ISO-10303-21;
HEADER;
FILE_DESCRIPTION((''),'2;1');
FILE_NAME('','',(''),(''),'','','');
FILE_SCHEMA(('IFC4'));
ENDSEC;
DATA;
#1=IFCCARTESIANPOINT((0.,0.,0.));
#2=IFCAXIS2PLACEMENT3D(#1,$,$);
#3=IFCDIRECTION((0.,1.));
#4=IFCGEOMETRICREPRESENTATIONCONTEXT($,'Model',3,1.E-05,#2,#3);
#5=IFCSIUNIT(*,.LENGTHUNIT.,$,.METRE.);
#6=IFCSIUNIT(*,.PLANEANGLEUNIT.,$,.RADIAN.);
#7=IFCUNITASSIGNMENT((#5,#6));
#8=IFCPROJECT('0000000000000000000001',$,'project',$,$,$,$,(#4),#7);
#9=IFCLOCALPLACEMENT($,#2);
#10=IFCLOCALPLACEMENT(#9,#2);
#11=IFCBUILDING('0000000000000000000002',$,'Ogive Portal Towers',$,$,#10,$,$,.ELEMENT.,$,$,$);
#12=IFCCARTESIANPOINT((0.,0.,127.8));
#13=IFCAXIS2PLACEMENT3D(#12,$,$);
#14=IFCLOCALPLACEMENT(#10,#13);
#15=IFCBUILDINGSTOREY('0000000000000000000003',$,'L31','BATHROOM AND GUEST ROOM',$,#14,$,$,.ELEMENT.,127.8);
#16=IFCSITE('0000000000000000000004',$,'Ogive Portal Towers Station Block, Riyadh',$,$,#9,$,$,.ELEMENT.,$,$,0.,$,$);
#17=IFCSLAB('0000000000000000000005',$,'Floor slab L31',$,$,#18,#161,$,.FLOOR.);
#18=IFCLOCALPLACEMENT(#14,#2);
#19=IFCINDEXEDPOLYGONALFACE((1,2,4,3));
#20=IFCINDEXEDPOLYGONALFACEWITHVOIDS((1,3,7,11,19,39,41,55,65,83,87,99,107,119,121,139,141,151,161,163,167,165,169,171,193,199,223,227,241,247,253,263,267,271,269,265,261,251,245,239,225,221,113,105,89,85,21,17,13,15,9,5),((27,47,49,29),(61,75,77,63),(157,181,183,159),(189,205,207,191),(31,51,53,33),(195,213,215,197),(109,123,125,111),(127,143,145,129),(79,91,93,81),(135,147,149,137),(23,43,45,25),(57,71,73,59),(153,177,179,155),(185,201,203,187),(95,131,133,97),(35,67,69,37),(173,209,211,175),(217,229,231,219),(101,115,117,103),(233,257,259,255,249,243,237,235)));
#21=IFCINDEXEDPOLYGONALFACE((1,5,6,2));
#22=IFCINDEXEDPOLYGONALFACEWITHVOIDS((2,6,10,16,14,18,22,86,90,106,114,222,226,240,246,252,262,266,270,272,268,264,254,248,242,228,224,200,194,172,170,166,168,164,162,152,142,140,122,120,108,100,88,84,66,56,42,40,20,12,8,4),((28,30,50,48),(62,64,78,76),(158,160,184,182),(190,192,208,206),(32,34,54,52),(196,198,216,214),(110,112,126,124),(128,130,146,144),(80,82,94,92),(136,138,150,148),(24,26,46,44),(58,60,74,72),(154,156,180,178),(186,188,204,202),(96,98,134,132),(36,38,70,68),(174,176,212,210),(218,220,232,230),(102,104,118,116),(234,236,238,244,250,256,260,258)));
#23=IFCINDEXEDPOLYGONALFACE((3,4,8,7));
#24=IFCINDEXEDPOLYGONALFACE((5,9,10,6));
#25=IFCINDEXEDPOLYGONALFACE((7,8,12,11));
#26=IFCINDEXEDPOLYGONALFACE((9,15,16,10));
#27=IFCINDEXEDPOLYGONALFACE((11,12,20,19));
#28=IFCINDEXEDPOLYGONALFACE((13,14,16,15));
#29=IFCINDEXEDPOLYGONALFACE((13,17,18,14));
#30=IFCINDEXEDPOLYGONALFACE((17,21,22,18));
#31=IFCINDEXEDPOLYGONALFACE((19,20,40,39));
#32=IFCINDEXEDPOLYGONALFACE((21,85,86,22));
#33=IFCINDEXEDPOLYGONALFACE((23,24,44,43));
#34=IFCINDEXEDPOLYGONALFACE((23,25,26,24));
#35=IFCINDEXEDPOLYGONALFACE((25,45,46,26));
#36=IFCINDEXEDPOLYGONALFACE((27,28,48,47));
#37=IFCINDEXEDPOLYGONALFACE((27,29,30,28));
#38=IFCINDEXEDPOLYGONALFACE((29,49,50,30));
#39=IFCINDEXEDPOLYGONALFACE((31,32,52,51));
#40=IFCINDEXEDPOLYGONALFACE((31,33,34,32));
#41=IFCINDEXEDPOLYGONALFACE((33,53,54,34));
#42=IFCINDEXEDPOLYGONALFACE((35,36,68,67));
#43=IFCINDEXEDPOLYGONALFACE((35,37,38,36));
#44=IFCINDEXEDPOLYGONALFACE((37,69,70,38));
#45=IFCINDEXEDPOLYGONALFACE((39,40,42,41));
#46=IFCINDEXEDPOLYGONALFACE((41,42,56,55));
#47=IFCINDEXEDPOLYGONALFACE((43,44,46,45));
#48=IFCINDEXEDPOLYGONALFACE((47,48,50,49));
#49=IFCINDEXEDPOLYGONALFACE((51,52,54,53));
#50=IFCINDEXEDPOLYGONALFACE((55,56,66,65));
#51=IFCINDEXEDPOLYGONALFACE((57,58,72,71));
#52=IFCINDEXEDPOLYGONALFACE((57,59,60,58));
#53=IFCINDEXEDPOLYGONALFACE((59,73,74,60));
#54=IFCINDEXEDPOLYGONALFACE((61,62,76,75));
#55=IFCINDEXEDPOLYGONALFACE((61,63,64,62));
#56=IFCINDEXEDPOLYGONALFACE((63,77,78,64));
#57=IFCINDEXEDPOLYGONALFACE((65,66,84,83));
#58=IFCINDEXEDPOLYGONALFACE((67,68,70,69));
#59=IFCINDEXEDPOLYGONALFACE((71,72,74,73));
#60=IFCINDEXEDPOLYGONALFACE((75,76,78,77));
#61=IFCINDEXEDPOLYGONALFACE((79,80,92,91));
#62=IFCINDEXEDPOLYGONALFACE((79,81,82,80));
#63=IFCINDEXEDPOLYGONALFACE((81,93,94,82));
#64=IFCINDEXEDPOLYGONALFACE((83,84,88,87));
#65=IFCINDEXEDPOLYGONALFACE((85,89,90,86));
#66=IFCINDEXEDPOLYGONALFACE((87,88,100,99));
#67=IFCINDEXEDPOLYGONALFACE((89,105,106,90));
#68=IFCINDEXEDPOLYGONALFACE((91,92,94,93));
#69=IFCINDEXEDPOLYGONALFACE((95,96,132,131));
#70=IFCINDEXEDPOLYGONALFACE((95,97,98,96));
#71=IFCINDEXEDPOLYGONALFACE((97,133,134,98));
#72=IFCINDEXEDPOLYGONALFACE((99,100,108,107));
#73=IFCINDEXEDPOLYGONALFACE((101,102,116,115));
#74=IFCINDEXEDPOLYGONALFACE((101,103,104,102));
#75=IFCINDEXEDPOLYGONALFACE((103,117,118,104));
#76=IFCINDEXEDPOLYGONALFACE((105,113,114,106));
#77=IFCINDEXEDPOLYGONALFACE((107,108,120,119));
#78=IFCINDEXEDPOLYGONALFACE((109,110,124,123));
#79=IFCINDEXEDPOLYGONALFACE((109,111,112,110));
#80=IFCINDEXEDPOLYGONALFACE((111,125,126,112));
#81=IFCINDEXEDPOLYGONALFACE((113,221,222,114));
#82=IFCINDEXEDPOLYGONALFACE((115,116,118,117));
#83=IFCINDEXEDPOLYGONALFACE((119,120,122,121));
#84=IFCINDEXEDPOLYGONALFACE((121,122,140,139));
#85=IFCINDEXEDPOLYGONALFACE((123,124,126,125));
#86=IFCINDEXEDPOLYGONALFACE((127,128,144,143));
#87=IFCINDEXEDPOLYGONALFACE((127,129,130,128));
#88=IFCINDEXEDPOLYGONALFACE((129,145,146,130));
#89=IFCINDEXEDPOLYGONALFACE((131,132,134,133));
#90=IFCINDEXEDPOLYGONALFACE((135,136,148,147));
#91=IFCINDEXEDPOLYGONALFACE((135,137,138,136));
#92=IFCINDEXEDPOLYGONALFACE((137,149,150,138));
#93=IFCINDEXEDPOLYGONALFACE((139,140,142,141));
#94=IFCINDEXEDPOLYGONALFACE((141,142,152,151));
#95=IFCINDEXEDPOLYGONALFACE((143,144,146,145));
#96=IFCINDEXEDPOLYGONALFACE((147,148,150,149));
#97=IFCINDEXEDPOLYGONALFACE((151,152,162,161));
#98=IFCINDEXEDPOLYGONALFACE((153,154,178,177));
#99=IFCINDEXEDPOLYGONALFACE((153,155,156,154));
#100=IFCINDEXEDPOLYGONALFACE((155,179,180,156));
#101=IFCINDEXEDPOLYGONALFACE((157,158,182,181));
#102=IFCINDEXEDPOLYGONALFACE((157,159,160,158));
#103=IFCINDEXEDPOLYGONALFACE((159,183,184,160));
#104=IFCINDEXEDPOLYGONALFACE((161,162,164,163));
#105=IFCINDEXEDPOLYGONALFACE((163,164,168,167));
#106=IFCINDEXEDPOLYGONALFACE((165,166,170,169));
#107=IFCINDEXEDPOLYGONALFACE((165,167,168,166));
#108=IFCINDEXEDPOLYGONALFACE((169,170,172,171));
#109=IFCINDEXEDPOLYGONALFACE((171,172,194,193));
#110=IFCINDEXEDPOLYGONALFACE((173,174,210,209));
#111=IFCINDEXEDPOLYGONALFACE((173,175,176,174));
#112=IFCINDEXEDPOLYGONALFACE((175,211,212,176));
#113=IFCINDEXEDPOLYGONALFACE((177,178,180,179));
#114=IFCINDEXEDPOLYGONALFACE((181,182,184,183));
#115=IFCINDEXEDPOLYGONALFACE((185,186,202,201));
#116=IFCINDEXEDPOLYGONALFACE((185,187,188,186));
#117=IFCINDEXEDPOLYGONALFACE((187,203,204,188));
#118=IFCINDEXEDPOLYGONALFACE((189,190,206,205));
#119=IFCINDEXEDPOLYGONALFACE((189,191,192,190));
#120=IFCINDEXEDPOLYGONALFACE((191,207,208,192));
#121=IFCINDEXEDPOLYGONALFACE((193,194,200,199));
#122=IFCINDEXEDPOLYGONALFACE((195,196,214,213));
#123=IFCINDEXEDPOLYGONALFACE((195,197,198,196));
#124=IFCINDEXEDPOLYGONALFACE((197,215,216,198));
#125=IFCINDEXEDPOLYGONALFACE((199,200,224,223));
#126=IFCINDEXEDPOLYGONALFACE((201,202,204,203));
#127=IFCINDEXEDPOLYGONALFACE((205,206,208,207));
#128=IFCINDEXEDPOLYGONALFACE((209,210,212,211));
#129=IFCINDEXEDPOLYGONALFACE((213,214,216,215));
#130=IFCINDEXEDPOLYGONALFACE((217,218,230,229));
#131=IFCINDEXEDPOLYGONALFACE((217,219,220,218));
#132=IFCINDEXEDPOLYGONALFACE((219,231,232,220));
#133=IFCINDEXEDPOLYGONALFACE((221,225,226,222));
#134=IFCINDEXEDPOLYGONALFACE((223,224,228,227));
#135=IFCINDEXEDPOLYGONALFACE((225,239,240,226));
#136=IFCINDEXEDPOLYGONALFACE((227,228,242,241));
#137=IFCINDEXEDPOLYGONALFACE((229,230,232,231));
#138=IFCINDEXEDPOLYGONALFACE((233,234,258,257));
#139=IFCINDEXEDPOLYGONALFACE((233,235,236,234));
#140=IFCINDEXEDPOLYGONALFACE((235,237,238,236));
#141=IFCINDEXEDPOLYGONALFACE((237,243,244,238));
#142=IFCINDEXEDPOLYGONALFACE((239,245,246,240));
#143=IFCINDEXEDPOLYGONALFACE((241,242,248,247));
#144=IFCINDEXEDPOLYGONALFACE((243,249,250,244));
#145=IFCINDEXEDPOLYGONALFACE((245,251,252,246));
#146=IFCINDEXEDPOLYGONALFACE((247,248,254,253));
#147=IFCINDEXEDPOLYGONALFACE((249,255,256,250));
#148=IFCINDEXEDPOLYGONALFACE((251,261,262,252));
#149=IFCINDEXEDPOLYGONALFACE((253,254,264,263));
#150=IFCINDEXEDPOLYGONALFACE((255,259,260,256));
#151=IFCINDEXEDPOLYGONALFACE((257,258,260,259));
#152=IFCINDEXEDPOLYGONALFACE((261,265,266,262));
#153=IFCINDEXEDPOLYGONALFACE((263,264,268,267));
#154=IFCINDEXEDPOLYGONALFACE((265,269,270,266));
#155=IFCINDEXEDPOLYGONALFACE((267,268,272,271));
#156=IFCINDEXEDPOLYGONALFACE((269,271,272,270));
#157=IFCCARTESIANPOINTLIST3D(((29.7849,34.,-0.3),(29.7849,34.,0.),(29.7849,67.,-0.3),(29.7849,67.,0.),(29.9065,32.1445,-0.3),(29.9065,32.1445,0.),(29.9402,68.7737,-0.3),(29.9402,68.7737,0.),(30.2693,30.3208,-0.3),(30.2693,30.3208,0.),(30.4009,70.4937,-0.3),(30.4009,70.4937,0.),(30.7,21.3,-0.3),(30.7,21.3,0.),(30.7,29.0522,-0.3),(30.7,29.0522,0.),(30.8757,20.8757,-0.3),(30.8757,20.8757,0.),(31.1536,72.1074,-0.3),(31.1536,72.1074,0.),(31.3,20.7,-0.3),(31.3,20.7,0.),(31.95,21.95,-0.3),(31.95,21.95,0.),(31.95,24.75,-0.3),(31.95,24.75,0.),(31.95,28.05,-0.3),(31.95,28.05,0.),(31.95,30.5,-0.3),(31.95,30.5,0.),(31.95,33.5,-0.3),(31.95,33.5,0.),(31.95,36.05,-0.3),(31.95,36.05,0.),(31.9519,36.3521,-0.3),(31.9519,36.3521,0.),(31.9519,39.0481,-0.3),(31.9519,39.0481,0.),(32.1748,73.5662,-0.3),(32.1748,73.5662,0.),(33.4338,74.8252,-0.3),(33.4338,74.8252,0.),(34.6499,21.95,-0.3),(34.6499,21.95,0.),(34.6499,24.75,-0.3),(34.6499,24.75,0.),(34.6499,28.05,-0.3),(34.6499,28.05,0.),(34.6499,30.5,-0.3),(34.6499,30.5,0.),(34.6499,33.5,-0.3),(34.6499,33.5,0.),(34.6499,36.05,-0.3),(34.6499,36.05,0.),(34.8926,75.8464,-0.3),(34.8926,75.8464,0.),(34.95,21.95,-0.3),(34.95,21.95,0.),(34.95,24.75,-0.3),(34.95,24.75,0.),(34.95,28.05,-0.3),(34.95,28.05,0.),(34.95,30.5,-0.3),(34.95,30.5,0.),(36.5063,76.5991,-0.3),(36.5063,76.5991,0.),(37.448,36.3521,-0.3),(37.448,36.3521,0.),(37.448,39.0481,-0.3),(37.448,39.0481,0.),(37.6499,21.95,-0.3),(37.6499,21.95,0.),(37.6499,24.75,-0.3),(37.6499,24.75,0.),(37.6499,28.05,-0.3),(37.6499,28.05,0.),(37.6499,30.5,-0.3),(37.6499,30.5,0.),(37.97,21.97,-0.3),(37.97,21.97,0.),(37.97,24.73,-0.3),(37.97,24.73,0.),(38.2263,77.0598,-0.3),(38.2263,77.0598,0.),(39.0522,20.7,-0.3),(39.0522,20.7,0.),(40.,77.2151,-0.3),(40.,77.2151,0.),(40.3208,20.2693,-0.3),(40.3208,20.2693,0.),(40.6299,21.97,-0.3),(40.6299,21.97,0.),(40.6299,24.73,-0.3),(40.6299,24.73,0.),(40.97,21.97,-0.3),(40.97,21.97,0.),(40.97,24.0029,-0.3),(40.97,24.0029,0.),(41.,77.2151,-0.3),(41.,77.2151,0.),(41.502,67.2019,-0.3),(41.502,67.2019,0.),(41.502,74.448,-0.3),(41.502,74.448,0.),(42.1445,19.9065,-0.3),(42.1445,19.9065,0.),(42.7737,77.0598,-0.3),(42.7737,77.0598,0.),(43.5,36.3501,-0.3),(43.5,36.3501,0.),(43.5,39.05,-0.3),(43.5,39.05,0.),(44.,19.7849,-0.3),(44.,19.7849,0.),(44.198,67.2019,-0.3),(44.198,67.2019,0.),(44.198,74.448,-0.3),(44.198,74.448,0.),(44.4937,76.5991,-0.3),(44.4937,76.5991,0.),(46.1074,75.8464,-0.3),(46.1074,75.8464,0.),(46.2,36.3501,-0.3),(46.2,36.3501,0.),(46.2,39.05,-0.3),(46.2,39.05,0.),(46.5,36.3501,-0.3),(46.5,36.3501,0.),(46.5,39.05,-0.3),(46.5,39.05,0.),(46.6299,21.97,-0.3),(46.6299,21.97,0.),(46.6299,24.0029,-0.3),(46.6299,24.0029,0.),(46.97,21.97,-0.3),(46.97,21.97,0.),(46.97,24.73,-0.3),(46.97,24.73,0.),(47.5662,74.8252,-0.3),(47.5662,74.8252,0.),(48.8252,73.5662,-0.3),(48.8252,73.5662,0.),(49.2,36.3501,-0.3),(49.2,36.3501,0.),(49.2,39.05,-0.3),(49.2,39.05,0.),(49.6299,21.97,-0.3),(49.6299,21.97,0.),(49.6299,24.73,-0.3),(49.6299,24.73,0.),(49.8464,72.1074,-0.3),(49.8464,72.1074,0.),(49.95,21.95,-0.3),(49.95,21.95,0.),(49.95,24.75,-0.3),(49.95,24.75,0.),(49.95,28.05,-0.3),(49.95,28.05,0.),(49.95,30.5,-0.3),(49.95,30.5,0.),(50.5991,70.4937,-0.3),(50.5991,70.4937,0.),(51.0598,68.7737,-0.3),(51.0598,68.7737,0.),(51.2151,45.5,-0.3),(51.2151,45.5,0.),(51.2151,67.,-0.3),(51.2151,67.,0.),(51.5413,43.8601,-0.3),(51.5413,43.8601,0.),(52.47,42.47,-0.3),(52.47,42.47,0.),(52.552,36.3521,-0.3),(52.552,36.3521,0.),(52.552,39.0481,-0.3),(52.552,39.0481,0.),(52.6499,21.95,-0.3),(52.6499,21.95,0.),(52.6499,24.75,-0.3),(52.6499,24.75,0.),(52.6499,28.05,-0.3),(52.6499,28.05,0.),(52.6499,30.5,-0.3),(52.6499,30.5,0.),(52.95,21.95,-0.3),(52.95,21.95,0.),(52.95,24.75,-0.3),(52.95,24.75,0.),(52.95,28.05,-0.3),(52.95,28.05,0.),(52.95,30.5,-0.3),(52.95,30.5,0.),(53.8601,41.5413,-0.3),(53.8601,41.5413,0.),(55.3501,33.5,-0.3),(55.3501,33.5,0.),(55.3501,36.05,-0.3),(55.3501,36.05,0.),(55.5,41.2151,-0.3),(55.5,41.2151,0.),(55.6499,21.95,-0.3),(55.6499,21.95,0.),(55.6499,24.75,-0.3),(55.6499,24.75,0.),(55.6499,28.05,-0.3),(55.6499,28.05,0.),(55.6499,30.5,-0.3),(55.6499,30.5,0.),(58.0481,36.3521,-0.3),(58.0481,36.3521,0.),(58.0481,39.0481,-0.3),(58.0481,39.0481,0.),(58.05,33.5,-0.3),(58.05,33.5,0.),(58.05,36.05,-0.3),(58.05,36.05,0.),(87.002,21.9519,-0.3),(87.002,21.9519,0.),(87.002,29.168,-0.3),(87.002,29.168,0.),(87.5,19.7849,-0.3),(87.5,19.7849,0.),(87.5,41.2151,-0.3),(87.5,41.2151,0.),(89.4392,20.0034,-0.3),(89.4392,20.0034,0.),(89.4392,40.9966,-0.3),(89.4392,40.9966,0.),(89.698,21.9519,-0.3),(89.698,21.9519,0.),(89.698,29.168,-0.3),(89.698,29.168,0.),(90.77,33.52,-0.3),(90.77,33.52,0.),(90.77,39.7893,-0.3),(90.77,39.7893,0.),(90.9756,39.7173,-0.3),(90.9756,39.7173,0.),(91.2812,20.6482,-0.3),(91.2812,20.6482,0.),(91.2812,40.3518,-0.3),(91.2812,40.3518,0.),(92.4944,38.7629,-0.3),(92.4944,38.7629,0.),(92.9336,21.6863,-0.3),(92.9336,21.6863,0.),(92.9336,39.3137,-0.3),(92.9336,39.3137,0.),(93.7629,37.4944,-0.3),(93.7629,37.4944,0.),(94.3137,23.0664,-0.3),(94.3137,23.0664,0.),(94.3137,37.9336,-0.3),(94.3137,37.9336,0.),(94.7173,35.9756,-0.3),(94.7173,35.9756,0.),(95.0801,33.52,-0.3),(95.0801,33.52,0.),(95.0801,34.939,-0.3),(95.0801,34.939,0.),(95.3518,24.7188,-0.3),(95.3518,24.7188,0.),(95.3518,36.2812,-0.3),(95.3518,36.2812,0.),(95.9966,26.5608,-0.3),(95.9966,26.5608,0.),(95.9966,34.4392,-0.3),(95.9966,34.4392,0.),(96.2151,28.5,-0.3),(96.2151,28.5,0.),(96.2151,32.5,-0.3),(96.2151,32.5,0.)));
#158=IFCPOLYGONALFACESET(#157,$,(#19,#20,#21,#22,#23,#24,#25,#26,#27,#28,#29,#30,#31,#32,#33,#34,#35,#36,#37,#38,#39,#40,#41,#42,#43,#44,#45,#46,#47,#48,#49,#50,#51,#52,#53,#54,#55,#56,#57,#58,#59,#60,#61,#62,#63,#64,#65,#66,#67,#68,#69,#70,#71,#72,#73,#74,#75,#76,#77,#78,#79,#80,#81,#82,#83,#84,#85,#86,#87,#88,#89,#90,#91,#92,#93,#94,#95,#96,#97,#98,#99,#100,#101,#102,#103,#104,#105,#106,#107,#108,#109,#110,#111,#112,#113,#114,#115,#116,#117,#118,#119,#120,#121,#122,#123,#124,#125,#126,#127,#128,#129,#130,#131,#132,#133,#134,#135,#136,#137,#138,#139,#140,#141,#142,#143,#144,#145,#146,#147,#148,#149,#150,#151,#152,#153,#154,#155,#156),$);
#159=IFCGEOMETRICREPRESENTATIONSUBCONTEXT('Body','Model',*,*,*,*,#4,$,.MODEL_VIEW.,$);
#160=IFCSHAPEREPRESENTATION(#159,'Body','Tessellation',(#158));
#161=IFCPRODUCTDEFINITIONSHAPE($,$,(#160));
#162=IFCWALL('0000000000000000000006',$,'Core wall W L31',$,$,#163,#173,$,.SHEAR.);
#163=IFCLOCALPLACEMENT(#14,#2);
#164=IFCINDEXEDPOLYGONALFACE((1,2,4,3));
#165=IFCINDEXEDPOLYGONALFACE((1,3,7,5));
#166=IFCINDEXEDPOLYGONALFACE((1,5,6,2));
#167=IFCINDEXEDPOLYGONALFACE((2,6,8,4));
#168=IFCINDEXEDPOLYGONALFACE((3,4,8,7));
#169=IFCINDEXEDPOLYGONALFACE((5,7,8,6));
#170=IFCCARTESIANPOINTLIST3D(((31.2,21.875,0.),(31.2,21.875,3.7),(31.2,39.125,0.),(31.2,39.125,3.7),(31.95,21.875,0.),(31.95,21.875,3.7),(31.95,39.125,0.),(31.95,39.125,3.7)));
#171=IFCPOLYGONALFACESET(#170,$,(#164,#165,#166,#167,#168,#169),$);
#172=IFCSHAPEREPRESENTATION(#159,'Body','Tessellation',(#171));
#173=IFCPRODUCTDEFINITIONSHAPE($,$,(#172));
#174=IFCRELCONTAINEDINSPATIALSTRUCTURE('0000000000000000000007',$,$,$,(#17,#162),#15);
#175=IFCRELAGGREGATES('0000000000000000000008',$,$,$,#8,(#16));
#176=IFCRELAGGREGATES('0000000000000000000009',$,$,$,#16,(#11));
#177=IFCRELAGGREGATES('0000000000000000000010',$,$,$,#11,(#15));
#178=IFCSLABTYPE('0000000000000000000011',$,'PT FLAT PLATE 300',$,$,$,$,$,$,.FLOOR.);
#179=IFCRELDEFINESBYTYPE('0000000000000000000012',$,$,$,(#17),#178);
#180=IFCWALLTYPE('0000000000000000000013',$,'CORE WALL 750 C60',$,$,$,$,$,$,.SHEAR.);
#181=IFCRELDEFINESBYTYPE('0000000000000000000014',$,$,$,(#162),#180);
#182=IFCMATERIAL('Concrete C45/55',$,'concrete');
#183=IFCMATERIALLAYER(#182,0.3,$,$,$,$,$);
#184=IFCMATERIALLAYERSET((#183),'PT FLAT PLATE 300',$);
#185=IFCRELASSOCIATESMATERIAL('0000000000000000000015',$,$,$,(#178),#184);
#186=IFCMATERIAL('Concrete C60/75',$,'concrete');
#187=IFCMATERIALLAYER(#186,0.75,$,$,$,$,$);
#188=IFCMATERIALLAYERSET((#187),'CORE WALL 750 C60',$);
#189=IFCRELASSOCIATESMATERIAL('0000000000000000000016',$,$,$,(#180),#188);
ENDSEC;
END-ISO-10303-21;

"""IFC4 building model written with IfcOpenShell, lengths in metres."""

from ifc_helpers import new_model, si_unit, direction, frame, frame_2d, origin, place, context, subcontext, project, spatial, polyline, rectangle, outline, extrude, material, layer, layer_set, type_object, element, save


model = new_model("IFC4")

# Units and contexts
model_context = context("Model", 3, precision=1e-05, world=origin(), true_north=direction((0.0, 1.0)))
body_context = subcontext(model_context, "Body", "Model", "MODEL_VIEW")
ifc_project = project(units=[si_unit("LENGTHUNIT", "METRE"), si_unit("PLANEANGLEUNIT", "RADIAN")], contexts=[model_context])

# Site, building, storey
site_placement = place(None, origin())
site = spatial("IfcSite", under=ifc_project, at=site_placement, Name="Ogive Portal Towers Station Block, Riyadh", CompositionType="ELEMENT", RefElevation=0.0)
building_placement = place(site_placement, origin())
building = spatial("IfcBuilding", under=site, at=building_placement, Name="Ogive Portal Towers", CompositionType="ELEMENT")
storey_placement = place(building_placement, frame((0.0, 0.0, 127.8)))
storey = spatial("IfcBuildingStorey", under=building, at=storey_placement, Name="L31", Description="BATHROOM AND GUEST ROOM", CompositionType="ELEMENT", Elevation=127.8)

# Slab
ifc_material_1 = material(Name="Concrete C45/55", Category="concrete")
ifc_layer_1 = layer(ifc_material_1, 0.3)
ifc_layer_set_1 = layer_set([ifc_layer_1], Name="PT FLAT PLATE 300")
slab_type_1 = type_object("IfcSlabType", Name="PT FLAT PLATE 300", PredefinedType="FLOOR", material=ifc_layer_set_1)
slab_1_placement = place(storey_placement, frame((0.0, 0.0, -0.3)))
element("IfcSlab", 1, at=slab_1_placement, inside=storey, type_object=slab_type_1, Name="Floor slab L31", PredefinedType="FLOOR", context=body_context, shape_type="SweptSolid", body=[
    extrude(outline(polyline([(29.9065, 32.1445), (30.2693, 30.3208), (30.7, 29.0522), (30.7, 21.3), (30.8757, 20.8757), (31.3, 20.7), (39.0522, 20.7), (40.3208, 20.2693), (42.1445, 19.9065), (44.0, 19.7849), (87.5, 19.7849), (89.4392, 20.0034), (91.2812, 20.6482), (92.9336, 21.6863), (94.3137, 23.0664), (95.3518, 24.7188), (95.9966, 26.5608), (96.2151, 28.5), (96.2151, 32.5), (95.9966, 34.4392), (95.3518, 36.2812), (94.3137, 37.9336), (92.9336, 39.3137), (91.2812, 40.3518), (89.4392, 40.9966), (87.5, 41.2151), (55.5, 41.2151), (53.8601, 41.5413), (52.47, 42.47), (51.5413, 43.8601), (51.2151, 45.5), (51.2151, 67.0), (51.0598, 68.7737), (50.5991, 70.4937), (49.8464, 72.1074), (48.8252, 73.5662), (47.5662, 74.8252), (46.1074, 75.8464), (44.4937, 76.5991), (42.7737, 77.0598), (41.0, 77.2151), (40.0, 77.2151), (38.2263, 77.0598), (36.5063, 76.5991), (34.8926, 75.8464), (33.4338, 74.8252), (32.1748, 73.5662), (31.1536, 72.1074), (30.4009, 70.4937), (29.9402, 68.7737), (29.7849, 67.0), (29.7849, 34.0), (29.9065, 32.1445)]), holes=[polyline([(46.6299, 21.97), (40.97, 21.97), (40.97, 24.0029), (46.6299, 24.0029), (46.6299, 21.97)]), polyline([(34.6499, 24.75), (34.6499, 21.95), (31.95, 21.95), (31.95, 24.75), (34.6499, 24.75)]), polyline([(37.6499, 24.75), (37.6499, 21.95), (34.95, 21.95), (34.95, 24.75), (37.6499, 24.75)]), polyline([(37.97, 21.97), (37.97, 24.73), (40.6299, 24.73), (40.6299, 21.97), (37.97, 21.97)]), polyline([(34.6499, 28.05), (31.95, 28.05), (31.95, 30.5), (34.6499, 30.5), (34.6499, 28.05)]), polyline([(37.6499, 30.5), (37.6499, 28.05), (34.95, 28.05), (34.95, 30.5), (37.6499, 30.5)]), polyline([(34.6499, 36.05), (34.6499, 33.5), (31.95, 33.5), (31.95, 36.05), (34.6499, 36.05)]), polyline([(31.9519, 39.0481), (37.448, 39.0481), (37.448, 36.3521), (31.9519, 36.3521), (31.9519, 39.0481)]), polyline([(46.2, 36.3501), (43.5, 36.3501), (43.5, 39.05), (46.2, 39.05), (46.2, 36.3501)]), polyline([(44.198, 67.2019), (41.502, 67.2019), (41.502, 74.448), (44.198, 74.448), (44.198, 67.2019)]), polyline([(49.6299, 21.97), (46.97, 21.97), (46.97, 24.73), (49.6299, 24.73), (49.6299, 21.97)]), polyline([(52.6499, 24.75), (52.6499, 21.95), (49.95, 21.95), (49.95, 24.75), (52.6499, 24.75)]), polyline([(55.6499, 24.75), (55.6499, 21.95), (52.95, 21.95), (52.95, 24.75), (55.6499, 24.75)]), polyline([(87.002, 29.168), (89.698, 29.168), (89.698, 21.9519), (87.002, 21.9519), (87.002, 29.168)]), polyline([(52.6499, 28.05), (49.95, 28.05), (49.95, 30.5), (52.6499, 30.5), (52.6499, 28.05)]), polyline([(55.6499, 30.5), (55.6499, 28.05), (52.95, 28.05), (52.95, 30.5), (55.6499, 30.5)]), polyline([(58.05, 36.05), (58.05, 33.5), (55.3501, 33.5), (55.3501, 36.05), (58.05, 36.05)]), polyline([(93.7629, 37.4944), (94.7173, 35.9756), (95.0801, 34.939), (95.0801, 33.52), (90.77, 33.52), (90.77, 39.7893), (90.9756, 39.7173), (92.4944, 38.7629), (93.7629, 37.4944)]), polyline([(49.2, 36.3501), (46.5, 36.3501), (46.5, 39.05), (49.2, 39.05), (49.2, 36.3501)]), polyline([(52.552, 36.3521), (52.552, 39.0481), (58.0481, 39.0481), (58.0481, 36.3521), (52.552, 36.3521)])]), origin(), (0.0, 0.0, 1.0), 0.3),
])

# Wall
ifc_material_2 = material(Name="Concrete C60/75", Category="concrete")
ifc_layer_2 = layer(ifc_material_2, 0.75)
ifc_layer_set_2 = layer_set([ifc_layer_2], Name="CORE WALL 750 C60")
wall_type_1 = type_object("IfcWallType", Name="CORE WALL 750 C60", PredefinedType="SHEAR", material=ifc_layer_set_2)
wall_1_placement = place(storey_placement, frame((31.575, 21.875, 0.0), z_axis=(0.0, 0.0, 1.0), x_axis=(0.0, 1.0, 0.0)))
element("IfcWall", 2, at=wall_1_placement, inside=storey, type_object=wall_type_1, Name="Core wall W L31", PredefinedType="SHEAR", context=body_context, shape_type="SweptSolid", body=[
    extrude(rectangle(XDim=17.25, YDim=0.75, at=frame_2d((8.625, 0.0))), origin(), (0.0, 0.0, 1.0), 3.7),
])

save(model, "model.ifc")
